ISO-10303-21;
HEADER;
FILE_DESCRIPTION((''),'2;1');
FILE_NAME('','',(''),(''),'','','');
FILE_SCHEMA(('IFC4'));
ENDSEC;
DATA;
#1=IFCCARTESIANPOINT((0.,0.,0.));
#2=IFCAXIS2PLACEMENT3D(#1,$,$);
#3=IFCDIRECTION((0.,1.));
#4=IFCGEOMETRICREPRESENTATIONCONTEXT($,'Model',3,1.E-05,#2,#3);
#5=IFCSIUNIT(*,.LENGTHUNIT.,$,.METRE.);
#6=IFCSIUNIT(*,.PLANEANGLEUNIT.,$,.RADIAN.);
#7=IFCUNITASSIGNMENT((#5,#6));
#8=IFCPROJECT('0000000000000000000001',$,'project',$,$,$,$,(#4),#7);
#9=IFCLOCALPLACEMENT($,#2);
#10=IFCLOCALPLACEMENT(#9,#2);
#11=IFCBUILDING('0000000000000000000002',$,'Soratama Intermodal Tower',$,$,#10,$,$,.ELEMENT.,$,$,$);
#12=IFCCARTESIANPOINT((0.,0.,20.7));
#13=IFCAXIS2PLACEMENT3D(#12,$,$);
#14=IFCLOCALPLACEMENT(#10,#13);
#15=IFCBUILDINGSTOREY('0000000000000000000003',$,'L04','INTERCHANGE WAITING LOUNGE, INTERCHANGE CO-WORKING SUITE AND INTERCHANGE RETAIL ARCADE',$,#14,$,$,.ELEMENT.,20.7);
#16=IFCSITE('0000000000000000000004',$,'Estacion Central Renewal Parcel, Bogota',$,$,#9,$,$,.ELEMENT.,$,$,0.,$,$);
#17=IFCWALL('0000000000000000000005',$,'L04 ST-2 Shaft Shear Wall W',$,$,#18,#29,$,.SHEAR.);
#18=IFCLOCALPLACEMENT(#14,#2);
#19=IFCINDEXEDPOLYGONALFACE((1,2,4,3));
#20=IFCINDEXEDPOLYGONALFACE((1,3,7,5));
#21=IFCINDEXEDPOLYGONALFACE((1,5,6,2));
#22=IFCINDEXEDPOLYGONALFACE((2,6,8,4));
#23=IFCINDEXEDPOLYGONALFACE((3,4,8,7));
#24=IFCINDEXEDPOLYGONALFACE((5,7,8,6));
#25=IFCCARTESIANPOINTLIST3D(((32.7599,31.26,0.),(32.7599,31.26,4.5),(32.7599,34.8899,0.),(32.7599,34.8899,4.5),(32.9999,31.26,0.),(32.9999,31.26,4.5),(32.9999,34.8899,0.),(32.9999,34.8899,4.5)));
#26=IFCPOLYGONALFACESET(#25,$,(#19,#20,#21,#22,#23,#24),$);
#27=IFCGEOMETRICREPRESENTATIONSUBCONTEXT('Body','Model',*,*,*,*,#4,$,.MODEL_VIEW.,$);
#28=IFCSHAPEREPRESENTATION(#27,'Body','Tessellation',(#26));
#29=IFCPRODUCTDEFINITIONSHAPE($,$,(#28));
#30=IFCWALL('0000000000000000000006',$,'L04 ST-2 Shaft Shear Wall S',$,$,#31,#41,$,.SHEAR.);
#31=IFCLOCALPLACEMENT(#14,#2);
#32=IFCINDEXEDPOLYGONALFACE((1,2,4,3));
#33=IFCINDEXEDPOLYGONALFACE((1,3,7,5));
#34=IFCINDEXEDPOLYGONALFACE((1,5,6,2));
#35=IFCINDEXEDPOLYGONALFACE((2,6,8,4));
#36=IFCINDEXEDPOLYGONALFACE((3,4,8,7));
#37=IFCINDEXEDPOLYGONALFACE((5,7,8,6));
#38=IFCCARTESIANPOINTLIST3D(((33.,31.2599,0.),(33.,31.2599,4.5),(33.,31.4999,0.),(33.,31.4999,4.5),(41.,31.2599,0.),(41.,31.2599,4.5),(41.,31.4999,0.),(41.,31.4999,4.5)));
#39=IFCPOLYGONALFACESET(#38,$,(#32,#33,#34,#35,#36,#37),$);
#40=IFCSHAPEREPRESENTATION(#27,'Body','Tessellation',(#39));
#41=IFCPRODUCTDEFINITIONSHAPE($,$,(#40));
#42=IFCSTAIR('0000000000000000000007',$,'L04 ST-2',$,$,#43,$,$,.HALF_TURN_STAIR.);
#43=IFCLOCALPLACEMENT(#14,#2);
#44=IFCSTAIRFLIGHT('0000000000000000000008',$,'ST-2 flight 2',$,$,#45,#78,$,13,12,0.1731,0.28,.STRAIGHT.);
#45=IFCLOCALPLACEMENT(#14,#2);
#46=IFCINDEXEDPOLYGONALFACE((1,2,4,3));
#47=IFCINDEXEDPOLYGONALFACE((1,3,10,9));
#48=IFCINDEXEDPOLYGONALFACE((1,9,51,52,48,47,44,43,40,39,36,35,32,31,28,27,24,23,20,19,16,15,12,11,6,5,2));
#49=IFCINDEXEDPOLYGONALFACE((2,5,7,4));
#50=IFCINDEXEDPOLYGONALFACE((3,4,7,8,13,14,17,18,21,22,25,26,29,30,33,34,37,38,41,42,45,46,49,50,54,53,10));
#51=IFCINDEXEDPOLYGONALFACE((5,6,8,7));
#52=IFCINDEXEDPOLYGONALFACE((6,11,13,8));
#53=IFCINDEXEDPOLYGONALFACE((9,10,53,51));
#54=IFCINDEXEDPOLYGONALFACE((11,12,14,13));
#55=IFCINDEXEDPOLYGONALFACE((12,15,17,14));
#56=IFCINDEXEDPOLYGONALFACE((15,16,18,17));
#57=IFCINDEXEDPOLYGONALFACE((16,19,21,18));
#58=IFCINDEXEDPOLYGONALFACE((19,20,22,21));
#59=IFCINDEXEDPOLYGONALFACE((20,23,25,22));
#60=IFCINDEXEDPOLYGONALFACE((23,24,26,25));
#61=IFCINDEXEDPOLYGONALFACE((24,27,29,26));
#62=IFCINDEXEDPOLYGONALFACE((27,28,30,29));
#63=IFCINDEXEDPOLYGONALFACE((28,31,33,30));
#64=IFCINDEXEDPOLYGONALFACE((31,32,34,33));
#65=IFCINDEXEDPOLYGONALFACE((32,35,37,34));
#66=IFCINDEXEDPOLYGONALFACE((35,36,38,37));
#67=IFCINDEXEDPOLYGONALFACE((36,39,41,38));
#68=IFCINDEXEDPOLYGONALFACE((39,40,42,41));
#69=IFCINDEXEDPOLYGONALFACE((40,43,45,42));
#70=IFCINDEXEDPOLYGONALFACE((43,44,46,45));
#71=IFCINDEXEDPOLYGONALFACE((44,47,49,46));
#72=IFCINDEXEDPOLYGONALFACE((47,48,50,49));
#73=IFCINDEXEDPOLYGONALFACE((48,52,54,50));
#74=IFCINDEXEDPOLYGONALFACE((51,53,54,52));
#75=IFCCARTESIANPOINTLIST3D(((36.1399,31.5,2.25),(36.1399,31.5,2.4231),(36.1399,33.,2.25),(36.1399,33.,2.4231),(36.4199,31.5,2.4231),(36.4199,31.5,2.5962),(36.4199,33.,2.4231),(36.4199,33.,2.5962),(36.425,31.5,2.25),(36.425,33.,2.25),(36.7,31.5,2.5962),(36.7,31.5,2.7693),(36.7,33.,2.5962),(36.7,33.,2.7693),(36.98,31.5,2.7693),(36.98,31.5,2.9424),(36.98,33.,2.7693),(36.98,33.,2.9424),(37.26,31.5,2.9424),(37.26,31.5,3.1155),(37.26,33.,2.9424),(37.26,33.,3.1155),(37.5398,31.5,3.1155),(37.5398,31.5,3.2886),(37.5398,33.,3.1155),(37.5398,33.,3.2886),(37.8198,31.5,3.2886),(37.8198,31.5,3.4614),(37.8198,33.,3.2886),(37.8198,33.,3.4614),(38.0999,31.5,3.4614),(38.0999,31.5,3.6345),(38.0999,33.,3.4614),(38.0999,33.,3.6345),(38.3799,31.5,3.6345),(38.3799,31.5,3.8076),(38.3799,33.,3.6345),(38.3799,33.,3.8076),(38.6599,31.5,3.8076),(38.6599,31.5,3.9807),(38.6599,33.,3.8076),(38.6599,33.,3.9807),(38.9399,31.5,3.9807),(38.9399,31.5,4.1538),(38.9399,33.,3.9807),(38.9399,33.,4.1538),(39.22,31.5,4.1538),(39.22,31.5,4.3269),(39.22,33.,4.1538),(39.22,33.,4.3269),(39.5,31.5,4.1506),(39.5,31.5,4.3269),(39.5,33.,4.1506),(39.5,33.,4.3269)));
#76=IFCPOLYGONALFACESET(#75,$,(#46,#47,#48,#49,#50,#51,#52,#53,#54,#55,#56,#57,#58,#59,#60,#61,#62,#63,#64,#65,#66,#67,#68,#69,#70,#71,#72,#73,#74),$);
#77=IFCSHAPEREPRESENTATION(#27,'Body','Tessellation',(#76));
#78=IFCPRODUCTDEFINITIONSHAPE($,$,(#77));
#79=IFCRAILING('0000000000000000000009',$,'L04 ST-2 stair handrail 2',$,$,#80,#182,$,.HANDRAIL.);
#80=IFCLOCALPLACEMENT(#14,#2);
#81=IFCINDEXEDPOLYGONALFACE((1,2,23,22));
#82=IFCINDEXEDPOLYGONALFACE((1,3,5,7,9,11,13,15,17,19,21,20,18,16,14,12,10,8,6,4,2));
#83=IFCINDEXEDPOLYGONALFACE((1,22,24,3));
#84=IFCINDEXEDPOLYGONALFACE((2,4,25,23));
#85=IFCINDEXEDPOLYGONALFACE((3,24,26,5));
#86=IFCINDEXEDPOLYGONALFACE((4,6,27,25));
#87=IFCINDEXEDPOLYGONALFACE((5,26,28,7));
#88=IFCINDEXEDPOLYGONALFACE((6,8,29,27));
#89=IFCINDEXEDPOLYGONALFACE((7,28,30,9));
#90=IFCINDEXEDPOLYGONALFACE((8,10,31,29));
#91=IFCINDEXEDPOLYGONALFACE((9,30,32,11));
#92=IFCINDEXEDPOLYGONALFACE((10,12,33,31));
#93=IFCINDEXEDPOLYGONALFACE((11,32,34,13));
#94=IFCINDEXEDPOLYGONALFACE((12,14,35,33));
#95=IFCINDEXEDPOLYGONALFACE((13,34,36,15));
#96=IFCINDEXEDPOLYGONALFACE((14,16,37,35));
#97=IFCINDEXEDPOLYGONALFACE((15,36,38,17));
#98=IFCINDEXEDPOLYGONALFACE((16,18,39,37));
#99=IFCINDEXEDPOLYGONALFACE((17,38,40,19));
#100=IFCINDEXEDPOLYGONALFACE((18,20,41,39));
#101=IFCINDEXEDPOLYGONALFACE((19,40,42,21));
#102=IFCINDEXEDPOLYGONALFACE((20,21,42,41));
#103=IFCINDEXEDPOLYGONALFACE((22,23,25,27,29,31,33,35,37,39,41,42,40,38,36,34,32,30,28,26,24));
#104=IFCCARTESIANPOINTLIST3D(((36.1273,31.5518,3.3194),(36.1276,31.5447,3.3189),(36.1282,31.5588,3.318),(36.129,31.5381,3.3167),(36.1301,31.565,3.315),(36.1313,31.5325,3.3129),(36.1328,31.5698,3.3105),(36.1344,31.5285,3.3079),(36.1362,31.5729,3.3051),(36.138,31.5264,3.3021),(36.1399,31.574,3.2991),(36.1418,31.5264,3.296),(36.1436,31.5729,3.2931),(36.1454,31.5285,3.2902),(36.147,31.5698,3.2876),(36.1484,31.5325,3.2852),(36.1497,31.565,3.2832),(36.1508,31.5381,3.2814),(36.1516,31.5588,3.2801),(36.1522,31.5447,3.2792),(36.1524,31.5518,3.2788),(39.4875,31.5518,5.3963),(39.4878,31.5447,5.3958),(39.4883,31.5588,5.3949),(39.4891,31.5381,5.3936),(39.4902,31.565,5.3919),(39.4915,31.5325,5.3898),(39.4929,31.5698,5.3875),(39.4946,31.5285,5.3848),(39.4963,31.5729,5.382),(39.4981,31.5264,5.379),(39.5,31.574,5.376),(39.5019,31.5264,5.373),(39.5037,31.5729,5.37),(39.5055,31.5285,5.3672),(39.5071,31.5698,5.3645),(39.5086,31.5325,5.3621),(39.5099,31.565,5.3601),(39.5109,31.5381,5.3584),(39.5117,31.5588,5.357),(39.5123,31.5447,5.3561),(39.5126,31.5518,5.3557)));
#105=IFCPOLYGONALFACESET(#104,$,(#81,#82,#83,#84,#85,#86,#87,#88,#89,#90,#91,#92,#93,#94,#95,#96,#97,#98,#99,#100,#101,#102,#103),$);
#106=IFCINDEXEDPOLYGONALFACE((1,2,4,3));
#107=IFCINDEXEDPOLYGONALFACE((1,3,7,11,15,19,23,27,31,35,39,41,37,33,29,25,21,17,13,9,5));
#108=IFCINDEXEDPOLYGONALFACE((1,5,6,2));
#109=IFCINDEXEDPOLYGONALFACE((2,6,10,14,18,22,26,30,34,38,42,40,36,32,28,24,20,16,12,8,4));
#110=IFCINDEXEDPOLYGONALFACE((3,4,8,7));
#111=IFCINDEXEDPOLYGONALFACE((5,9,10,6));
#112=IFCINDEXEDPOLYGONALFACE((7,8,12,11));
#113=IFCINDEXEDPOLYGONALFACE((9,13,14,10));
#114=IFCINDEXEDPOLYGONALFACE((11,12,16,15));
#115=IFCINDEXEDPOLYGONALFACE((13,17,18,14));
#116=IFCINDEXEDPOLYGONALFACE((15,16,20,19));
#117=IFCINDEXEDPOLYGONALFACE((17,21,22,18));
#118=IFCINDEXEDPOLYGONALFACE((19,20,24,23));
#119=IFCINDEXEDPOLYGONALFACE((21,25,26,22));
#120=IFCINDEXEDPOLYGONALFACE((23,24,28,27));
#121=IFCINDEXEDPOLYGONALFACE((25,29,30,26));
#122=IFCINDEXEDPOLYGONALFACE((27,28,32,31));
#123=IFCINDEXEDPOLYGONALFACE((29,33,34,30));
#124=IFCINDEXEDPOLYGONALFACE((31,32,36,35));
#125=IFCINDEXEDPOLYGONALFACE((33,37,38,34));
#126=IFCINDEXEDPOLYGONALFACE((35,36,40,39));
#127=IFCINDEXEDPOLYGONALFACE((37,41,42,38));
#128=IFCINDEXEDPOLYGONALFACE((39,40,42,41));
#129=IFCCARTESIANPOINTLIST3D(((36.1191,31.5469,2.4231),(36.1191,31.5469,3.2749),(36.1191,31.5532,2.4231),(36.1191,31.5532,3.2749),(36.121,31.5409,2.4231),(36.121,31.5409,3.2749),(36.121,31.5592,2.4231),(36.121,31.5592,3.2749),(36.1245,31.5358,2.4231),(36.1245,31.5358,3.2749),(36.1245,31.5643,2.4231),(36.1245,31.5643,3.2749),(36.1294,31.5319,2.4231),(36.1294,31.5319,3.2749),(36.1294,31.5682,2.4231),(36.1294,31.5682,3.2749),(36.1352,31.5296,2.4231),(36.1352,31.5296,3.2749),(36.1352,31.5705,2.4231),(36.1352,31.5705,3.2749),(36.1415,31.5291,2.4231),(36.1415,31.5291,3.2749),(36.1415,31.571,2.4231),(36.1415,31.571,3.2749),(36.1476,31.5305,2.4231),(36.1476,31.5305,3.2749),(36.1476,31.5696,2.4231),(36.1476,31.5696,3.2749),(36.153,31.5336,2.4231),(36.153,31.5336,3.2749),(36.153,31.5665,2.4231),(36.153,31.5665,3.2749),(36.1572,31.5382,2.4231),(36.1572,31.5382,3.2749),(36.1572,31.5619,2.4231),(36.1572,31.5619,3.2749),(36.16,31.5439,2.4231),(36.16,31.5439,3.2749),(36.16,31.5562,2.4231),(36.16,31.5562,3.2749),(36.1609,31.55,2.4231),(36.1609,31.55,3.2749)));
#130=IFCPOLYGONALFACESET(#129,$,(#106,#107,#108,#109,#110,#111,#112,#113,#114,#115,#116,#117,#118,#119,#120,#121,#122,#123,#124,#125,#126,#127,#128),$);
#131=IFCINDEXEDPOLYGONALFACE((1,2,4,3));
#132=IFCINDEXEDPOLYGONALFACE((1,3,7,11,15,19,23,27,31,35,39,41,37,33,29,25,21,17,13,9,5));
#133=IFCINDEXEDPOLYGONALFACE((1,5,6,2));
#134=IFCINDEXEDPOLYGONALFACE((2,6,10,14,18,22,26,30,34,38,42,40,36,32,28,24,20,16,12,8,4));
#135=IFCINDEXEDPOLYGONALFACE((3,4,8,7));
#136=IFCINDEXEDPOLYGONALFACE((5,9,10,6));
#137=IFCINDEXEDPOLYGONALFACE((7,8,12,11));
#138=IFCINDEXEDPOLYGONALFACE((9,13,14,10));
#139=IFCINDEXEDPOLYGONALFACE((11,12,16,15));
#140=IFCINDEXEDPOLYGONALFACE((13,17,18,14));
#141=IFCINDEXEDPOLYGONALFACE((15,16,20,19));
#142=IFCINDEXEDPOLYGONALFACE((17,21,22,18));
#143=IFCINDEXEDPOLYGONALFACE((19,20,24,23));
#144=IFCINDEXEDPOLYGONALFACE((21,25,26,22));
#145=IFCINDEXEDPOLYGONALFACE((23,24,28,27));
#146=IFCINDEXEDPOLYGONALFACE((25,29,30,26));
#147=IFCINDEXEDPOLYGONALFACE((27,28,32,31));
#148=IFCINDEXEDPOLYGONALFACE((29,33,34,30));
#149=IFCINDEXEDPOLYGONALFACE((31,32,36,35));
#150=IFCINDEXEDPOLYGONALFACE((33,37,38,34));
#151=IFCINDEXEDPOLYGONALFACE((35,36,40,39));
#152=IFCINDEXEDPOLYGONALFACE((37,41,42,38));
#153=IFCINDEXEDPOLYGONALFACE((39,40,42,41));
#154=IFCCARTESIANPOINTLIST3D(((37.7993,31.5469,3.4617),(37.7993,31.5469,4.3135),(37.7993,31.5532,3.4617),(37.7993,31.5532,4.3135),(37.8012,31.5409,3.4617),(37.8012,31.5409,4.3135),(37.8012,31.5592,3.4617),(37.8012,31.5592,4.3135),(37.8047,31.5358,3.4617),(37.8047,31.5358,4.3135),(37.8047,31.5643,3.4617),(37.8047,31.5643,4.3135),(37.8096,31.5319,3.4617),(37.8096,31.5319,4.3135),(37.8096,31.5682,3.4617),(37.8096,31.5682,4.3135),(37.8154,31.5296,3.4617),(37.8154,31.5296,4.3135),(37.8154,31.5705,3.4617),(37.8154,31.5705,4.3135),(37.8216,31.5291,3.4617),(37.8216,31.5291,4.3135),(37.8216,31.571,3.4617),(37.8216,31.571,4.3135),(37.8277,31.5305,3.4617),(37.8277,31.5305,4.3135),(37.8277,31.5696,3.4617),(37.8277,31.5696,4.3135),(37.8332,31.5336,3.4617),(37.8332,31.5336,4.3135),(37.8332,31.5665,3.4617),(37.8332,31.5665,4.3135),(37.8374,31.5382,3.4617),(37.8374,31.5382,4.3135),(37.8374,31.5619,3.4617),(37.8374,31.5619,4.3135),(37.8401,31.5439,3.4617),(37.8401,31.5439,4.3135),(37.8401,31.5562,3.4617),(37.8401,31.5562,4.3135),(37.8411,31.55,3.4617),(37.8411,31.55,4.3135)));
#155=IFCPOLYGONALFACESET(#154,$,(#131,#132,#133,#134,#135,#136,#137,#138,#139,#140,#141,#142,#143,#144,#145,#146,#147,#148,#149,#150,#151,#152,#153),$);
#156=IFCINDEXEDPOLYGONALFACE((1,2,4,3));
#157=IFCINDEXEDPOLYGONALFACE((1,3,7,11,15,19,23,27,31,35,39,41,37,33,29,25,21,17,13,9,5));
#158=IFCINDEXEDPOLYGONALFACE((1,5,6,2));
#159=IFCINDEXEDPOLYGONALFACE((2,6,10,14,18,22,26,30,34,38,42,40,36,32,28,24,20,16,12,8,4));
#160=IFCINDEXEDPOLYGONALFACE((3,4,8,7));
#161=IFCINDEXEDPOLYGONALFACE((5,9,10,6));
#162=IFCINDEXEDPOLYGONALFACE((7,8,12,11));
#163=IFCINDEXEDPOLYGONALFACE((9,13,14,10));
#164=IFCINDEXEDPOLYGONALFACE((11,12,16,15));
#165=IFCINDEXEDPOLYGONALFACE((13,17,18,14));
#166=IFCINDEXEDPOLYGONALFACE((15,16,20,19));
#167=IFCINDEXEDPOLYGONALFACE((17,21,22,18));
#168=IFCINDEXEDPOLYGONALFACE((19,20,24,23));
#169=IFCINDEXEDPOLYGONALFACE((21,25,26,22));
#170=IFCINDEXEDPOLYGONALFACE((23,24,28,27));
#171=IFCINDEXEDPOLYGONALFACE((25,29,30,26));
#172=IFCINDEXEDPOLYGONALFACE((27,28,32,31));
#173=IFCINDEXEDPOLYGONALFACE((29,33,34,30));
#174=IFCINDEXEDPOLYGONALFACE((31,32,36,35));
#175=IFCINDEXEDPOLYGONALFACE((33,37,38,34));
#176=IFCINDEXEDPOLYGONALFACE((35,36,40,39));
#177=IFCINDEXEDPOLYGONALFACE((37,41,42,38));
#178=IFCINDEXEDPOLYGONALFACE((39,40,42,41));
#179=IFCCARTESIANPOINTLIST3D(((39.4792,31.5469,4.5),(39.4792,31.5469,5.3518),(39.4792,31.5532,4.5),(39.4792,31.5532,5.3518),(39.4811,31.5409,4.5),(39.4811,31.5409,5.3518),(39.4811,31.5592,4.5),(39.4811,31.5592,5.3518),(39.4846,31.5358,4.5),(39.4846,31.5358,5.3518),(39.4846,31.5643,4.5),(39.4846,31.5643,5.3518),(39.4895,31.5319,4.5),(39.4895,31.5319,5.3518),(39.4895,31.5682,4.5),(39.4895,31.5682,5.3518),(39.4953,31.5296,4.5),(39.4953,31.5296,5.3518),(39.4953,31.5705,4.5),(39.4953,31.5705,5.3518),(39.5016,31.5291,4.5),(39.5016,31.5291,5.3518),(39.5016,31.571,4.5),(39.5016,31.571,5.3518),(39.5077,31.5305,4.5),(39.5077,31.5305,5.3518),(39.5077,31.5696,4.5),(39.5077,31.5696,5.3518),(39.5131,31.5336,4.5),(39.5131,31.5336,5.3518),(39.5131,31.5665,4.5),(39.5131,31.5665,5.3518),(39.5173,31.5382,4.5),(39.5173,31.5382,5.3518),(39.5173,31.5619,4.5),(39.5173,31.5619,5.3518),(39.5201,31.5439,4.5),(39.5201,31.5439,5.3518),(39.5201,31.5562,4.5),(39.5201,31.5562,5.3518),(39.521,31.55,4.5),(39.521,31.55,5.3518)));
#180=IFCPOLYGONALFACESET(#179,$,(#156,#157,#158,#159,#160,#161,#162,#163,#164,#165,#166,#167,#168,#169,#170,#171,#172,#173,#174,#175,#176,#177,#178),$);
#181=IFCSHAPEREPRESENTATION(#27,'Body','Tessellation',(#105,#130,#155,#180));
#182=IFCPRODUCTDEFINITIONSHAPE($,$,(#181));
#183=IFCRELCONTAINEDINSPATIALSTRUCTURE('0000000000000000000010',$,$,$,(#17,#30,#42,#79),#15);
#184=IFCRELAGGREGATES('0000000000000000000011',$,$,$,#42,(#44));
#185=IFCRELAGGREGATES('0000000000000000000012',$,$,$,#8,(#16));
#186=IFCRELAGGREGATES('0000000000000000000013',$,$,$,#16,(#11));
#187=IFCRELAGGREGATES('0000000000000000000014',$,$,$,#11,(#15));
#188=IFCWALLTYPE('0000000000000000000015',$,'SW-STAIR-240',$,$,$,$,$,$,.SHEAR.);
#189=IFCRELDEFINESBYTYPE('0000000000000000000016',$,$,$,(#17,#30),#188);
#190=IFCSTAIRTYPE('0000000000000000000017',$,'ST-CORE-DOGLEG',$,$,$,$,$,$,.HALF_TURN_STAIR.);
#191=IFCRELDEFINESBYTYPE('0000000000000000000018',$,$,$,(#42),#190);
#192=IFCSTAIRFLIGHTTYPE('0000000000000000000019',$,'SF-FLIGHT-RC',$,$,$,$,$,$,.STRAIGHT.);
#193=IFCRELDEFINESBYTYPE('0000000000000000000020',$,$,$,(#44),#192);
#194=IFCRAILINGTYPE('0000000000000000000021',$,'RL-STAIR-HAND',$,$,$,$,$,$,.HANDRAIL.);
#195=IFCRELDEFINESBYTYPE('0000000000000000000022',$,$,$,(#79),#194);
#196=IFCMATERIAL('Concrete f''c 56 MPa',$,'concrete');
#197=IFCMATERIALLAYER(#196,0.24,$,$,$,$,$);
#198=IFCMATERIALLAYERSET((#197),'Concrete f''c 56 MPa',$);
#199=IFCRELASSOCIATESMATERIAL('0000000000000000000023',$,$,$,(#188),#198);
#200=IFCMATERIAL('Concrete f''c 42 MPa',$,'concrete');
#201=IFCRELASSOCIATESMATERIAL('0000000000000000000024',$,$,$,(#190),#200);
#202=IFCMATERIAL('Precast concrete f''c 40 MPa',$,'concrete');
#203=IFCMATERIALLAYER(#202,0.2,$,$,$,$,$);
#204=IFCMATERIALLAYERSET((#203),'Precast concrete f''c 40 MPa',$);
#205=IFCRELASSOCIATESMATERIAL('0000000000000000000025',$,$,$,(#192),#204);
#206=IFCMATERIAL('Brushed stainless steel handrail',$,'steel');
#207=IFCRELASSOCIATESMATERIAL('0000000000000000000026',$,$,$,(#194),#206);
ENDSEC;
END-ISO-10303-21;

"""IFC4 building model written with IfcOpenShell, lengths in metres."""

from ifc_helpers import new_model, si_unit, direction, frame, frame_2d, origin, origin_2d, place, context, subcontext, project, spatial, polyline, rectangle, circle, outline, extrude, material, layer, layer_set, type_object, element, aggregate, save


model = new_model("IFC4")

# Units and contexts
model_context = context("Model", 3, precision=1e-05, world=origin(), true_north=direction((0.0, 1.0)))
body_context = subcontext(model_context, "Body", "Model", "MODEL_VIEW")
ifc_project = project(units=[si_unit("LENGTHUNIT", "METRE"), si_unit("PLANEANGLEUNIT", "RADIAN")], contexts=[model_context])

# Site, building, storey
site_placement = place(None, origin())
site = spatial("IfcSite", under=ifc_project, at=site_placement, Name="Estacion Central Renewal Parcel, Bogota", CompositionType="ELEMENT", RefElevation=0.0)
building_placement = place(site_placement, origin())
building = spatial("IfcBuilding", under=site, at=building_placement, Name="Soratama Intermodal Tower", CompositionType="ELEMENT")
storey_placement = place(building_placement, frame((0.0, 0.0, 20.7)))
storey = spatial("IfcBuildingStorey", under=building, at=storey_placement, Name="L04", Description="INTERCHANGE WAITING LOUNGE, INTERCHANGE CO-WORKING SUITE AND INTERCHANGE RETAIL ARCADE", CompositionType="ELEMENT", Elevation=20.7)

# Walls
ifc_material_1 = material(Name="Concrete f'c 56 MPa", Category="concrete")
ifc_layer_1 = layer(ifc_material_1, 0.24)
ifc_layer_set_1 = layer_set([ifc_layer_1], Name="Concrete f'c 56 MPa")
wall_type_1 = type_object("IfcWallType", Name="SW-STAIR-240", PredefinedType="SHEAR", material=ifc_layer_set_1)
wall_1_placement = place(storey_placement, frame((32.8799, 31.26, 0.0), z_axis=(0.0, 0.0, 1.0), x_axis=(0.0, 1.0, 0.0)))
element("IfcWall", 1, at=wall_1_placement, inside=storey, type_object=wall_type_1, Name="L04 ST-2 Shaft Shear Wall W", PredefinedType="SHEAR", context=body_context, shape_type="SweptSolid", body=[
    extrude(rectangle(XDim=3.6299, YDim=0.24, at=frame_2d((1.8149, 0.0))), origin(), (0.0, 0.0, 1.0), 4.5),
])
wall_2_placement = place(storey_placement, frame((33.0, 31.3799, 0.0), z_axis=(0.0, 0.0, 1.0), x_axis=(1.0, 0.0, 0.0)))
element("IfcWall", 2, at=wall_2_placement, inside=storey, type_object=wall_type_1, Name="L04 ST-2 Shaft Shear Wall S", PredefinedType="SHEAR", context=body_context, shape_type="SweptSolid", body=[
    extrude(rectangle(XDim=8.0, YDim=0.24, at=frame_2d((4.0, 0.0))), origin(), (0.0, 0.0, 1.0), 4.5),
])

# Stair, stair flight
ifc_material_2 = material(Name="Concrete f'c 42 MPa", Category="concrete")
stair_type = type_object("IfcStairType", Name="ST-CORE-DOGLEG", PredefinedType="HALF_TURN_STAIR", material=ifc_material_2)
stair_placement = place(storey_placement, origin())
stair = element("IfcStair", 3, at=stair_placement, inside=storey, type_object=stair_type, Name="L04 ST-2", PredefinedType="HALF_TURN_STAIR")
ifc_material_3 = material(Name="Precast concrete f'c 40 MPa", Category="concrete")
ifc_layer_2 = layer(ifc_material_3, 0.2)
ifc_layer_set_2 = layer_set([ifc_layer_2], Name="Precast concrete f'c 40 MPa")
stair_flight_type = type_object("IfcStairFlightType", Name="SF-FLIGHT-RC", PredefinedType="STRAIGHT", material=ifc_layer_set_2)
stair_flight_placement = place(storey_placement, frame((36.1399, 32.25, 2.25), z_axis=(0.0, 0.0, 1.0), x_axis=(1.0, 0.0, 0.0)))
stair_flight = element("IfcStairFlight", 4, at=stair_flight_placement, type_object=stair_flight_type, Name="ST-2 flight 2", NumberOfRisers=13, NumberOfTreads=12, PredefinedType="STRAIGHT", RiserHeight=0.1731, TreadLength=0.28, context=body_context, shape_type="SweptSolid", body=[
    extrude(outline(polyline([(0.0, 0.0), (0.0, 0.1731), (0.28, 0.1731), (0.28, 0.3462), (0.5601, 0.3462), (0.5601, 0.5193), (0.8401, 0.5193), (0.8401, 0.6924), (1.1201, 0.6924), (1.1201, 0.8655), (1.3999, 0.8655), (1.3999, 1.0386), (1.6799, 1.0386), (1.6799, 1.2114), (1.96, 1.2114), (1.96, 1.3845), (2.24, 1.3845), (2.24, 1.5576), (2.52, 1.5576), (2.52, 1.7307), (2.8, 1.7307), (2.8, 1.9038), (3.0801, 1.9038), (3.0801, 2.0769), (3.3601, 2.0769), (3.3601, 2.25), (3.3601, 1.9006), (0.2852, 0.0), (0.0, 0.0)])), frame((0.0, 0.75, 0.0), z_axis=(0.0, -1.0, 0.0), x_axis=(1.0, 0.0, 0.0)), (0.0, 0.0, 1.0), 1.5),
])
aggregate(stair, [stair_flight])

# Railing
ifc_material_4 = material(Name="Brushed stainless steel handrail", Category="steel")
railing_type = type_object("IfcRailingType", Name="RL-STAIR-HAND", PredefinedType="HANDRAIL", material=ifc_material_4)
railing_placement = place(storey_placement, frame((36.1399, 31.55, 2.4231)))
element("IfcRailing", 5, at=railing_placement, inside=storey, type_object=railing_type, Name="L04 ST-2 stair handrail 2", PredefinedType="HANDRAIL", context=body_context, shape_type="SweptSolid", body=[
    extrude(circle(Radius=0.0239, at=origin_2d()), frame((0.0, 0.0, 0.876), z_axis=(0.850623, 0.0, 0.525776), x_axis=(0.0, 1.0, 0.0)), (0.0, 0.0, 1.0), 3.9502),
    extrude(circle(Radius=0.021, at=origin_2d()), origin(), (0.0, 0.0, 1.0), 0.8518),
    extrude(circle(Radius=0.021, at=origin_2d()), frame((1.6802, 0.0, 1.0386)), (0.0, 0.0, 1.0), 0.8518),
    extrude(circle(Radius=0.021, at=origin_2d()), frame((3.3601, 0.0, 2.0769)), (0.0, 0.0, 1.0), 0.8518),
])

save(model, "model.ifc")
